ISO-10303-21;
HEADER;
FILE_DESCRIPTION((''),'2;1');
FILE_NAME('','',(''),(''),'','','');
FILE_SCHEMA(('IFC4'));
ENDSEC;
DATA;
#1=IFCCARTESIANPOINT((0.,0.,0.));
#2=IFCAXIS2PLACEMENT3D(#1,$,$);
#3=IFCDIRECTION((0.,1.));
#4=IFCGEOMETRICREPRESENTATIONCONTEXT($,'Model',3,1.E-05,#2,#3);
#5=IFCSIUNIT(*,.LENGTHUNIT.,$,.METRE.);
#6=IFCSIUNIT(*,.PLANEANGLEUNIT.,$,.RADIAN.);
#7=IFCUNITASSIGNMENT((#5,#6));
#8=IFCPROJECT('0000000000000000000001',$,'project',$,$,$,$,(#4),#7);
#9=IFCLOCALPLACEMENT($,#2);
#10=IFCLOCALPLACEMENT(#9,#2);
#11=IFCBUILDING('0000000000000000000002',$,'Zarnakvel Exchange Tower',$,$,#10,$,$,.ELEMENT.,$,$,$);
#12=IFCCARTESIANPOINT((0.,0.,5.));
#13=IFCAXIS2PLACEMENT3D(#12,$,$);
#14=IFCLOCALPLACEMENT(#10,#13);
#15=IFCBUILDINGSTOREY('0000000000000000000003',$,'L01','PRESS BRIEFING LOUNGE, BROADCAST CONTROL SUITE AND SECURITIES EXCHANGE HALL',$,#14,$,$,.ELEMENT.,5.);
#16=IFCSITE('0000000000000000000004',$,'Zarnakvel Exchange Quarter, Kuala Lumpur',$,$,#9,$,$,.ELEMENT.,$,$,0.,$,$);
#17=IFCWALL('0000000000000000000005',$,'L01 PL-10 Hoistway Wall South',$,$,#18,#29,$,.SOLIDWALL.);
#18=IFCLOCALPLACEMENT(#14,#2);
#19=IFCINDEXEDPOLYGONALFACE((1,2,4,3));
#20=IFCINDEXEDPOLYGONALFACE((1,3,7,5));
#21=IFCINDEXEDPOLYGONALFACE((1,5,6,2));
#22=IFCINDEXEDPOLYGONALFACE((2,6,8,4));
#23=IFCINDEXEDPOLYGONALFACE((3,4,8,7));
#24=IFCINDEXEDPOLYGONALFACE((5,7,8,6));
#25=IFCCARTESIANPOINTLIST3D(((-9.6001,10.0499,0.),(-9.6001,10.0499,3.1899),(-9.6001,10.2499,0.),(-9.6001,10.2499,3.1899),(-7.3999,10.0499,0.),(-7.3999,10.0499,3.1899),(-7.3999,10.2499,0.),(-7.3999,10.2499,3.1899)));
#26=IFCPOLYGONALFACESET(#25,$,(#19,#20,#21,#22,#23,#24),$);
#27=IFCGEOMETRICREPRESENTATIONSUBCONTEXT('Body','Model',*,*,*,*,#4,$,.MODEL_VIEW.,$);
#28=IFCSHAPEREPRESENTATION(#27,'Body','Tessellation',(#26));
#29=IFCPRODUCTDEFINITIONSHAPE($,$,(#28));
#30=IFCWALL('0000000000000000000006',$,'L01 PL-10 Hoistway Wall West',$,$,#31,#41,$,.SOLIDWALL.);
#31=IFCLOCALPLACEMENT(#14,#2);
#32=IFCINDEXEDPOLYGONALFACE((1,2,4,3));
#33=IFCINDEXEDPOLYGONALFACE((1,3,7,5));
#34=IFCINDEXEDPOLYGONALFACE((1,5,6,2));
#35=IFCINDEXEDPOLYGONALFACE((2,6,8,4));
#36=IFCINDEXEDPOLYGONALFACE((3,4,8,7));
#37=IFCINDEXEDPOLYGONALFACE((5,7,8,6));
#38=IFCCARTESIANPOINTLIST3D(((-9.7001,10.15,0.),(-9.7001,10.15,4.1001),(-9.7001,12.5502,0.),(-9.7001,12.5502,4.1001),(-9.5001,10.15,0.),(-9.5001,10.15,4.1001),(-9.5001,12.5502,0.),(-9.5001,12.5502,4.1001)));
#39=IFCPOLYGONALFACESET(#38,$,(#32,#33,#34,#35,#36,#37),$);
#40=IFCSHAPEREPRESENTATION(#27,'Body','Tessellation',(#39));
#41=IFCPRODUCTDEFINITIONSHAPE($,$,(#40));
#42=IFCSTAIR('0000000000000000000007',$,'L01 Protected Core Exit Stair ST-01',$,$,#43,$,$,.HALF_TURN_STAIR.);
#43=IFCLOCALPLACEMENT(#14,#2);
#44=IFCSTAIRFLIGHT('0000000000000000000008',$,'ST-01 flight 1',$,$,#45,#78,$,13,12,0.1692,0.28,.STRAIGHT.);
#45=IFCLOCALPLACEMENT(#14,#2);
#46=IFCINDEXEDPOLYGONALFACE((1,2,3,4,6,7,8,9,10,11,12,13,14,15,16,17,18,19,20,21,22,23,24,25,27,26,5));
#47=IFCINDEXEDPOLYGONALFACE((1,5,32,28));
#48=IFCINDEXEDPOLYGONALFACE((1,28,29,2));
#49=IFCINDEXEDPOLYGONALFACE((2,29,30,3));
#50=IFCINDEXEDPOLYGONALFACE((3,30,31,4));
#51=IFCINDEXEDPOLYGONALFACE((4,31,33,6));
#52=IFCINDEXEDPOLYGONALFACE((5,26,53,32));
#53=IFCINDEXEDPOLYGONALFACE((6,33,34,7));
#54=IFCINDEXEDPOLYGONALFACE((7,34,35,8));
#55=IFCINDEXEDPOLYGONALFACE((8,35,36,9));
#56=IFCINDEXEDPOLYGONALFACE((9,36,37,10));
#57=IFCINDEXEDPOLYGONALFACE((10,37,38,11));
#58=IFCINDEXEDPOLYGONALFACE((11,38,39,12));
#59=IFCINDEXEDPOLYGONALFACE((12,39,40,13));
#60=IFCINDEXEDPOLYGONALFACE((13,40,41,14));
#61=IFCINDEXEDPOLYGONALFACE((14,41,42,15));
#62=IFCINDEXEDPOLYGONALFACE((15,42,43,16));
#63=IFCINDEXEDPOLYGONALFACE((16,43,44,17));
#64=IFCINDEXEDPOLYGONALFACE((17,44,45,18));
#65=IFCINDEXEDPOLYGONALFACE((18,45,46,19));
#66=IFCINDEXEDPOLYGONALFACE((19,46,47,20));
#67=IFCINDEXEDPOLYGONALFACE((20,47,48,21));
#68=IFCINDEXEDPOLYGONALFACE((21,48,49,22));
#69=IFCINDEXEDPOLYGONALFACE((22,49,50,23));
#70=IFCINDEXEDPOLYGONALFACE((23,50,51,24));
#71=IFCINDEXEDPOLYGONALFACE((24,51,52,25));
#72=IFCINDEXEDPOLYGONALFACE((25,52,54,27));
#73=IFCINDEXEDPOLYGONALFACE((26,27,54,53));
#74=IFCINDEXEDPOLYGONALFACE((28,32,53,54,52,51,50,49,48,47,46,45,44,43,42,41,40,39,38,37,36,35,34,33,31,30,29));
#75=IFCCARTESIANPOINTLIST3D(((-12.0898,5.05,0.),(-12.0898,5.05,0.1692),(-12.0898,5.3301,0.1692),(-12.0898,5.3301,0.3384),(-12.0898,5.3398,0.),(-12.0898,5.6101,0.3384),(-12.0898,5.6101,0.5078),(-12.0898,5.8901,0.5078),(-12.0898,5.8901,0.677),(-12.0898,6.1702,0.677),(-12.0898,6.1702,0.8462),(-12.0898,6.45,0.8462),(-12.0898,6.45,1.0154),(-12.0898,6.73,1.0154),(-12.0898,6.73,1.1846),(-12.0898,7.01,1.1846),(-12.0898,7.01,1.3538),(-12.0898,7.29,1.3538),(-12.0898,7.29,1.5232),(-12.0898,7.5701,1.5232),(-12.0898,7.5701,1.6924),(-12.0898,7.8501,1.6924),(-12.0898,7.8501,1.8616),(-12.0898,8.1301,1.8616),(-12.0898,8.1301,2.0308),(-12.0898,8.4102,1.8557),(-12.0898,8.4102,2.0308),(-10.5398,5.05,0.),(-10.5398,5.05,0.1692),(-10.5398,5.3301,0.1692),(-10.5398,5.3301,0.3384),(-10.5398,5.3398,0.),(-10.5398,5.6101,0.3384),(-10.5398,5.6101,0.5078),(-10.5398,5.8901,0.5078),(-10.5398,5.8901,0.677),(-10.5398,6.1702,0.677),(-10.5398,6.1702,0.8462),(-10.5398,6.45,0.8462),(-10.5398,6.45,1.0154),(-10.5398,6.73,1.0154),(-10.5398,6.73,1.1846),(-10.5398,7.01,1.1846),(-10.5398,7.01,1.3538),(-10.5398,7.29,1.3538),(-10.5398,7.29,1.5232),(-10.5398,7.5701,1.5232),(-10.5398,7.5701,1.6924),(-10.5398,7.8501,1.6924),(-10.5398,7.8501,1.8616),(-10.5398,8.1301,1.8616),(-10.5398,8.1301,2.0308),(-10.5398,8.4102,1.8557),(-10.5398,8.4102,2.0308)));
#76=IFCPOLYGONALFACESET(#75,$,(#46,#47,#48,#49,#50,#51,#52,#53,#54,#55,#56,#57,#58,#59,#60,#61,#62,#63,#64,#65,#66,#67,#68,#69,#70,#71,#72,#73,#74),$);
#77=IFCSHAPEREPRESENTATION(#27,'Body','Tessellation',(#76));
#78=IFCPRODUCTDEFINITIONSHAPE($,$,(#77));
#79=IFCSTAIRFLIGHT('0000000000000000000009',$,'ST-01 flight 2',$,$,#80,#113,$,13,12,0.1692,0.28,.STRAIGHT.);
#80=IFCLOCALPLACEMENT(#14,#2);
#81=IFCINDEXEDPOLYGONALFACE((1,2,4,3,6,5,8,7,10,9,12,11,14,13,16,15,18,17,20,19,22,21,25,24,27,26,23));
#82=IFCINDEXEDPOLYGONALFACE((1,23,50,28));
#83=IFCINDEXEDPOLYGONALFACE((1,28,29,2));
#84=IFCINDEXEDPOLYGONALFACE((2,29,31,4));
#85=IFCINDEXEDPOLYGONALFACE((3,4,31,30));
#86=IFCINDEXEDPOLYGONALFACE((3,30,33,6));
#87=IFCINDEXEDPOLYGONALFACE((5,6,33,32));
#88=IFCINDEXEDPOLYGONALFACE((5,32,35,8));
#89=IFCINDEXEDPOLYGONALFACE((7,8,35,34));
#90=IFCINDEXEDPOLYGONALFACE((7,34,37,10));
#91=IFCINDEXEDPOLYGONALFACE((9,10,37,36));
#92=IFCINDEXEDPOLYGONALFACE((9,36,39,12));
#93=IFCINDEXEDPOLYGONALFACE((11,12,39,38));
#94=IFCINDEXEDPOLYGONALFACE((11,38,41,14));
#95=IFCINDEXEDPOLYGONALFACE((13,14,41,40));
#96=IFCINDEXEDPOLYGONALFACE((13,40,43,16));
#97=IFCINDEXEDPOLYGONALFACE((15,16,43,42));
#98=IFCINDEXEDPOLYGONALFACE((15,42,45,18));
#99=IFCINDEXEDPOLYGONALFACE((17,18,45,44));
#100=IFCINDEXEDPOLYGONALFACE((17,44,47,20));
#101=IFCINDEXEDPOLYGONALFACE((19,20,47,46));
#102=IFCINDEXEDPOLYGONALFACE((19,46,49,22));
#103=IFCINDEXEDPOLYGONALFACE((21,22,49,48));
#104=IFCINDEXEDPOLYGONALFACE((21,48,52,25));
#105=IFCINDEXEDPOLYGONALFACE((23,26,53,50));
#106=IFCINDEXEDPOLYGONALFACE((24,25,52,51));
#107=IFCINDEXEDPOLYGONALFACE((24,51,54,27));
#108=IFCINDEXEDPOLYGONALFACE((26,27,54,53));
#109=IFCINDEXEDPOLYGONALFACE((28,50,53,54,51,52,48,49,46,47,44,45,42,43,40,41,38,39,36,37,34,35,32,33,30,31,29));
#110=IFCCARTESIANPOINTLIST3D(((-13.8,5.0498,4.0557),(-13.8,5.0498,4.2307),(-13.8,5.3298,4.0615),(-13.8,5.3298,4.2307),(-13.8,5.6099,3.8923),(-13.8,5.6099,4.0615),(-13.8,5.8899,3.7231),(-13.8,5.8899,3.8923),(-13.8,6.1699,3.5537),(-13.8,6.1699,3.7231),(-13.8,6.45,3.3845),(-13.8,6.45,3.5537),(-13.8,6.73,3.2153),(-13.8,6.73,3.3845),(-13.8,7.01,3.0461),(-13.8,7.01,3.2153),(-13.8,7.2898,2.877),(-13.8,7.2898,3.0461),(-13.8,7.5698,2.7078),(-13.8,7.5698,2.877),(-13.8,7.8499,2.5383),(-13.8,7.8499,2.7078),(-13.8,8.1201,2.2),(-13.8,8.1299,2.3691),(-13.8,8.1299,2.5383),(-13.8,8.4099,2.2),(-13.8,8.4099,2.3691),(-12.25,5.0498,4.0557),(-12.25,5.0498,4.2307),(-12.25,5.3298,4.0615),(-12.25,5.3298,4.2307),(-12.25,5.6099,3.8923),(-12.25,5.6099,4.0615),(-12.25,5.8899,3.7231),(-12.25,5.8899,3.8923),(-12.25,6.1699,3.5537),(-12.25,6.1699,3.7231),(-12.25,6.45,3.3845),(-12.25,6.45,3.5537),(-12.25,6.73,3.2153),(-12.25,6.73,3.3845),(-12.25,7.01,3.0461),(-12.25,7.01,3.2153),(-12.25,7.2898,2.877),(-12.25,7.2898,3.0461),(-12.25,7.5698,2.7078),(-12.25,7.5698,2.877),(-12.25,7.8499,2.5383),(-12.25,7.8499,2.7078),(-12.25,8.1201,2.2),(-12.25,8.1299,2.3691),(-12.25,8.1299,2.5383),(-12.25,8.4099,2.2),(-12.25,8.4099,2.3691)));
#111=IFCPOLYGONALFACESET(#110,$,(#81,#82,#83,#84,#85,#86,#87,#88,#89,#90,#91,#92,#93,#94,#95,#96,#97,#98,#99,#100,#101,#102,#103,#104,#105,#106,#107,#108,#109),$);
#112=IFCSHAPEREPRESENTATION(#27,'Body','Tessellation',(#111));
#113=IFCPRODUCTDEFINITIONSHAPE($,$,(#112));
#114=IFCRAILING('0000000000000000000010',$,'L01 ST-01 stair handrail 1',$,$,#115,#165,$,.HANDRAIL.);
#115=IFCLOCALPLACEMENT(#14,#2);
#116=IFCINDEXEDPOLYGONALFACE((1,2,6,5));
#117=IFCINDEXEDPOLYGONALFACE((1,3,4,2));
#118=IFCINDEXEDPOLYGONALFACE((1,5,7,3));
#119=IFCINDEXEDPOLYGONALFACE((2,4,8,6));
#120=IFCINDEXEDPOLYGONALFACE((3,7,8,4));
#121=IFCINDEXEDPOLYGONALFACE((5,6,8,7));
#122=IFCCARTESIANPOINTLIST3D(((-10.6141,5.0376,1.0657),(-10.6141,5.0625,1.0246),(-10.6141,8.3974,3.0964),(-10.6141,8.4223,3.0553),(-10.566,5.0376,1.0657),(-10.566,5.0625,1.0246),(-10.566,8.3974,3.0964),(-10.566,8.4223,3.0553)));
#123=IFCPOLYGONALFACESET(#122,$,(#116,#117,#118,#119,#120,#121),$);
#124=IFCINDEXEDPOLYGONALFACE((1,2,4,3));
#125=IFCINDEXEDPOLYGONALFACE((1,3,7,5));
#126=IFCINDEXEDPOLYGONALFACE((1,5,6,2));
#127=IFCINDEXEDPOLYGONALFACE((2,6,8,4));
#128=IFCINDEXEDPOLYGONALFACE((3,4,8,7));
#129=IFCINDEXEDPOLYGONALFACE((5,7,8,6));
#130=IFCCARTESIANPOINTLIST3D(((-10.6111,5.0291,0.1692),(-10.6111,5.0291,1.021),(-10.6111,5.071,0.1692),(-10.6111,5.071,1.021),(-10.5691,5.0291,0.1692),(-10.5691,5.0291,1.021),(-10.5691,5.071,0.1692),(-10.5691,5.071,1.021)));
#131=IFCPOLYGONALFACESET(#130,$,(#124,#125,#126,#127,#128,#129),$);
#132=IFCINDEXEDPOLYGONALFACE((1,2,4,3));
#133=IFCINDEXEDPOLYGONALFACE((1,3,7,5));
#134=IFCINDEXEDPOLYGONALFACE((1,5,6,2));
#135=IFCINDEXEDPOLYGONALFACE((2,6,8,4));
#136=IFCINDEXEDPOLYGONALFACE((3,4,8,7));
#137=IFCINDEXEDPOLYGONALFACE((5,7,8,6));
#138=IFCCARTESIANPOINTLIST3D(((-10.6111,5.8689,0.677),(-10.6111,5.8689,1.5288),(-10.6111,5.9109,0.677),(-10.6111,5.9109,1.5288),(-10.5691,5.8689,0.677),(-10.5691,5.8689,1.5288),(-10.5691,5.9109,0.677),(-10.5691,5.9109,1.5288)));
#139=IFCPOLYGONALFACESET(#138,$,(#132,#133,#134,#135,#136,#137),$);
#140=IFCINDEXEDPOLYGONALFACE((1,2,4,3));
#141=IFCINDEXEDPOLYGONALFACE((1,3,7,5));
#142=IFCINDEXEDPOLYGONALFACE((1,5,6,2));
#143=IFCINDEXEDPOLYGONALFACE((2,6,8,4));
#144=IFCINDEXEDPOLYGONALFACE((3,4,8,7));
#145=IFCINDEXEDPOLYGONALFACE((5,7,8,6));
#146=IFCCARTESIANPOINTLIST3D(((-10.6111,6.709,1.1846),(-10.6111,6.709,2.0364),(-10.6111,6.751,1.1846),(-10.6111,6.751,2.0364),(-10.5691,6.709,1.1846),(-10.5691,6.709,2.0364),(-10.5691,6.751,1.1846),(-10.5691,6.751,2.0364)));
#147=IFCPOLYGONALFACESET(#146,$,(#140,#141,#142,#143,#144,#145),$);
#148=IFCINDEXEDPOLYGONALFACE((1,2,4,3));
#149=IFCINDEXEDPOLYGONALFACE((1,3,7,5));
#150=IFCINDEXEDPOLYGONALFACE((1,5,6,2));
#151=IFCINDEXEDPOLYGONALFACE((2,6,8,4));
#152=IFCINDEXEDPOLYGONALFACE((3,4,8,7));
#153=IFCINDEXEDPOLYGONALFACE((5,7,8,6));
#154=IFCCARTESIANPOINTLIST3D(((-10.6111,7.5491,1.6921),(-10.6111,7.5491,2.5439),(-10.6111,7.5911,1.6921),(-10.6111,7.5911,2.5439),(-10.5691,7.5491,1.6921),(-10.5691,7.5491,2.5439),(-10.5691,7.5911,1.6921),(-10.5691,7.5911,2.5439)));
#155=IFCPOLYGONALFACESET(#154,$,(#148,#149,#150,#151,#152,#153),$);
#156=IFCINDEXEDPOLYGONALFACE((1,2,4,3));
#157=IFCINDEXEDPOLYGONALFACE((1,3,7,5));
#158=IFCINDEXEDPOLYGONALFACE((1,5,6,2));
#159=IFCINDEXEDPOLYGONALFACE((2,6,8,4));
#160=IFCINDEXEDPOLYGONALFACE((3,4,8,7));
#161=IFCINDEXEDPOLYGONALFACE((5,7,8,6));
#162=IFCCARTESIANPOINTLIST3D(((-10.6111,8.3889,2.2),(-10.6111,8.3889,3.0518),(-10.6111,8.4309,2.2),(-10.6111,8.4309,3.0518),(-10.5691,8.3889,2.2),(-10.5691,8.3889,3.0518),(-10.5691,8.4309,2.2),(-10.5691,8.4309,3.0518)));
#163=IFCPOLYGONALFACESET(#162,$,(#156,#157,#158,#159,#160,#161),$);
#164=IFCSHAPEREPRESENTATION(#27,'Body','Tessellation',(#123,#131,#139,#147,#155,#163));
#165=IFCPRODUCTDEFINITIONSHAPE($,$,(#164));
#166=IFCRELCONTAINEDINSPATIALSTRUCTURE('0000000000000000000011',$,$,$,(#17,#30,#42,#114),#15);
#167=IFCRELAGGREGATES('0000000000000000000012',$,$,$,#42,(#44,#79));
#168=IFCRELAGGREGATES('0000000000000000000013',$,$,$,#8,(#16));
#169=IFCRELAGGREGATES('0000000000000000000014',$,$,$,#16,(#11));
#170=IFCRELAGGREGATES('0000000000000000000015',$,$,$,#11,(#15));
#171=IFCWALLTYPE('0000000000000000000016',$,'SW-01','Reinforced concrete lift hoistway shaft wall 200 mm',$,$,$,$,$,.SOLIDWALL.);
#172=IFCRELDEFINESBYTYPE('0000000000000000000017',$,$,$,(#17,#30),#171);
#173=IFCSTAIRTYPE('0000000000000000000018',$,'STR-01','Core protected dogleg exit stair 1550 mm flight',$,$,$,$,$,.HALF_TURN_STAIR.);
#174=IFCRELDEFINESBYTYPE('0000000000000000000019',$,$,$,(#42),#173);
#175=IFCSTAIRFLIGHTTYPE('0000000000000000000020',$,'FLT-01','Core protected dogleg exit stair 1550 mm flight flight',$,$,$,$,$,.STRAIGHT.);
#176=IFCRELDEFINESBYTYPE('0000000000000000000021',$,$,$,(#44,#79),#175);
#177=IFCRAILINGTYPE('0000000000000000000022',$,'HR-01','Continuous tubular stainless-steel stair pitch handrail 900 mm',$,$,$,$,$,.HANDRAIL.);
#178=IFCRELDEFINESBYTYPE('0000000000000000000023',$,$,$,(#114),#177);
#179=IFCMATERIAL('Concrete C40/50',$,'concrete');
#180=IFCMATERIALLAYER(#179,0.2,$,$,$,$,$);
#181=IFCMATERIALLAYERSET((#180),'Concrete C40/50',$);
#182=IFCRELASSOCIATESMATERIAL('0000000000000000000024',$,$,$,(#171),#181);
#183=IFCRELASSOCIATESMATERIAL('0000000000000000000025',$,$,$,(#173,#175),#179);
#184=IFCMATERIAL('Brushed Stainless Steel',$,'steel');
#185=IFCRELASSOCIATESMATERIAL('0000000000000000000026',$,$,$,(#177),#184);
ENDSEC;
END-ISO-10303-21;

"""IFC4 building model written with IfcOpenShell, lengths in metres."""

from ifc_helpers import new_model, si_unit, direction, frame, frame_2d, origin, origin_2d, place, context, subcontext, project, spatial, polyline, rectangle, outline, extrude, material, layer, layer_set, type_object, element, aggregate, save


model = new_model("IFC4")

# Units and contexts
model_context = context("Model", 3, precision=1e-05, world=origin(), true_north=direction((0.0, 1.0)))
body_context = subcontext(model_context, "Body", "Model", "MODEL_VIEW")
ifc_project = project(units=[si_unit("LENGTHUNIT", "METRE"), si_unit("PLANEANGLEUNIT", "RADIAN")], contexts=[model_context])

# Site, building, storey
site_placement = place(None, origin())
site = spatial("IfcSite", under=ifc_project, at=site_placement, Name="Zarnakvel Exchange Quarter, Kuala Lumpur", CompositionType="ELEMENT", RefElevation=0.0)
building_placement = place(site_placement, origin())
building = spatial("IfcBuilding", under=site, at=building_placement, Name="Zarnakvel Exchange Tower", CompositionType="ELEMENT")
storey_placement = place(building_placement, frame((0.0, 0.0, 5.0)))
storey = spatial("IfcBuildingStorey", under=building, at=storey_placement, Name="L01", Description="PRESS BRIEFING LOUNGE, BROADCAST CONTROL SUITE AND SECURITIES EXCHANGE HALL", CompositionType="ELEMENT", Elevation=5.0)

# Walls
ifc_material_1 = material(Name="Concrete C40/50", Category="concrete")
ifc_layer_1 = layer(ifc_material_1, 0.2)
ifc_layer_set_1 = layer_set([ifc_layer_1], Name="Concrete C40/50")
wall_type_1 = type_object("IfcWallType", Name="SW-01", Description="Reinforced concrete lift hoistway shaft wall 200 mm", PredefinedType="SOLIDWALL", material=ifc_layer_set_1)
wall_1_placement = place(storey_placement, frame((-7.3999, 10.1499, 0.0), z_axis=(0.0, 0.0, 1.0), x_axis=(-1.0, 0.0, 0.0)))
element("IfcWall", 1, at=wall_1_placement, inside=storey, type_object=wall_type_1, Name="L01 PL-10 Hoistway Wall South", PredefinedType="SOLIDWALL", context=body_context, shape_type="SweptSolid", body=[
    extrude(rectangle(XDim=2.2002, YDim=0.2, at=frame_2d((1.1001, 0.0))), origin(), (0.0, 0.0, 1.0), 3.1899),
])
wall_2_placement = place(storey_placement, frame((-9.6001, 10.1499, 0.0), z_axis=(0.0, 0.0, 1.0), x_axis=(0.0, 1.0, 0.0)))
element("IfcWall", 2, at=wall_2_placement, inside=storey, type_object=wall_type_1, Name="L01 PL-10 Hoistway Wall West", PredefinedType="SOLIDWALL", context=body_context, shape_type="SweptSolid", body=[
    extrude(rectangle(XDim=2.4001, YDim=0.2, at=frame_2d((1.2002, 0.0))), origin(), (0.0, 0.0, 1.0), 4.1001),
])

# Stair, stair flights
stair_type = type_object("IfcStairType", Name="STR-01", Description="Core protected dogleg exit stair 1550 mm flight", PredefinedType="HALF_TURN_STAIR", material=ifc_material_1)
stair_placement = place(storey_placement, origin())
stair = element("IfcStair", 3, at=stair_placement, inside=storey, type_object=stair_type, Name="L01 Protected Core Exit Stair ST-01", PredefinedType="HALF_TURN_STAIR")
stair_flight_type = type_object("IfcStairFlightType", Name="FLT-01", Description="Core protected dogleg exit stair 1550 mm flight flight", PredefinedType="STRAIGHT", material=ifc_material_1)
stair_flight_1_placement = place(storey_placement, frame((-11.3149, 5.05, 0.0), z_axis=(0.0, 0.0, 1.0), x_axis=(0.0, 1.0, 0.0)))
stair_flight_1 = element("IfcStairFlight", 4, at=stair_flight_1_placement, type_object=stair_flight_type, Name="ST-01 flight 1", NumberOfRisers=13, NumberOfTreads=12, PredefinedType="STRAIGHT", RiserHeight=0.1692, TreadLength=0.28, context=body_context, shape_type="SweptSolid", body=[
    extrude(outline(polyline([(0.0, 0.0), (0.0, 0.1692), (0.28, 0.1692), (0.28, 0.3384), (0.5601, 0.3384), (0.5601, 0.5078), (0.8401, 0.5078), (0.8401, 0.677), (1.1201, 0.677), (1.1201, 0.8462), (1.3999, 0.8462), (1.3999, 1.0154), (1.6799, 1.0154), (1.6799, 1.1846), (1.96, 1.1846), (1.96, 1.3538), (2.24, 1.3538), (2.24, 1.5232), (2.52, 1.5232), (2.52, 1.6924), (2.8, 1.6924), (2.8, 1.8616), (3.0801, 1.8616), (3.0801, 2.0308), (3.3601, 2.0308), (3.3601, 2.2), (3.3601, 1.8557), (0.2898, 0.0), (0.0, 0.0)])), frame((0.0, 0.7749, 0.0), z_axis=(0.0, -1.0, 0.0), x_axis=(1.0, 0.0, 0.0)), (0.0, 0.0, 1.0), 1.55),
])
stair_flight_2_placement = place(storey_placement, frame((-13.0249, 8.4099, 2.2), z_axis=(0.0, 0.0, 1.0), x_axis=(0.0, -1.0, 0.0)))
stair_flight_2 = element("IfcStairFlight", 5, at=stair_flight_2_placement, type_object=stair_flight_type, Name="ST-01 flight 2", NumberOfRisers=13, NumberOfTreads=12, PredefinedType="STRAIGHT", RiserHeight=0.1692, TreadLength=0.28, context=body_context, shape_type="SweptSolid", body=[
    extrude(outline(polyline([(0.0, 0.0), (0.0, 0.1692), (0.28, 0.1692), (0.28, 0.3384), (0.5601, 0.3384), (0.5601, 0.5078), (0.8401, 0.5078), (0.8401, 0.677), (1.1201, 0.677), (1.1201, 0.8462), (1.3999, 0.8462), (1.3999, 1.0154), (1.6799, 1.0154), (1.6799, 1.1846), (1.96, 1.1846), (1.96, 1.3538), (2.24, 1.3538), (2.24, 1.5232), (2.52, 1.5232), (2.52, 1.6924), (2.8, 1.6924), (2.8, 1.8616), (3.0801, 1.8616), (3.0801, 2.0308), (3.3601, 2.0308), (3.3601, 2.2), (3.3601, 1.8557), (0.2898, 0.0), (0.0, 0.0)])), frame((0.0, 0.7749, 0.0), z_axis=(0.0, -1.0, 0.0), x_axis=(1.0, 0.0, 0.0)), (0.0, 0.0, 1.0), 1.55),
])
aggregate(stair, [stair_flight_1, stair_flight_2])

# Railing
ifc_material_2 = material(Name="Brushed Stainless Steel", Category="steel")
railing_type_1 = type_object("IfcRailingType", Name="HR-01", Description="Continuous tubular stainless-steel stair pitch handrail 900 mm", PredefinedType="HANDRAIL", material=ifc_material_2)
railing_1_placement = place(storey_placement, frame((-10.5901, 5.05, 0.1692)))
element("IfcRailing", 6, at=railing_1_placement, inside=storey, type_object=railing_type_1, Name="L01 ST-01 stair handrail 1", PredefinedType="HANDRAIL", context=body_context, shape_type="SweptSolid", body=[
    extrude(rectangle(XDim=0.0481, YDim=0.0481, at=origin_2d()), frame((0.0, 0.0, 0.876), z_axis=(0.0, 0.85582, 0.517273), x_axis=(-1.0, 0.0, 0.0)), (0.0, 0.0, 1.0), 3.9258),
    extrude(rectangle(XDim=0.042, YDim=0.042, at=origin_2d()), origin(), (0.0, 0.0, 1.0), 0.8518),
    extrude(rectangle(XDim=0.042, YDim=0.042, at=origin_2d()), frame((0.0, 0.8398, 0.5078)), (0.0, 0.0, 1.0), 0.8518),
    extrude(rectangle(XDim=0.042, YDim=0.042, at=origin_2d()), frame((0.0, 1.6799, 1.0154)), (0.0, 0.0, 1.0), 0.8518),
    extrude(rectangle(XDim=0.042, YDim=0.042, at=origin_2d()), frame((0.0, 2.52, 1.5229)), (0.0, 0.0, 1.0), 0.8518),
    extrude(rectangle(XDim=0.042, YDim=0.042, at=origin_2d()), frame((0.0, 3.3599, 2.0308)), (0.0, 0.0, 1.0), 0.8518),
])

save(model, "model.ifc")
